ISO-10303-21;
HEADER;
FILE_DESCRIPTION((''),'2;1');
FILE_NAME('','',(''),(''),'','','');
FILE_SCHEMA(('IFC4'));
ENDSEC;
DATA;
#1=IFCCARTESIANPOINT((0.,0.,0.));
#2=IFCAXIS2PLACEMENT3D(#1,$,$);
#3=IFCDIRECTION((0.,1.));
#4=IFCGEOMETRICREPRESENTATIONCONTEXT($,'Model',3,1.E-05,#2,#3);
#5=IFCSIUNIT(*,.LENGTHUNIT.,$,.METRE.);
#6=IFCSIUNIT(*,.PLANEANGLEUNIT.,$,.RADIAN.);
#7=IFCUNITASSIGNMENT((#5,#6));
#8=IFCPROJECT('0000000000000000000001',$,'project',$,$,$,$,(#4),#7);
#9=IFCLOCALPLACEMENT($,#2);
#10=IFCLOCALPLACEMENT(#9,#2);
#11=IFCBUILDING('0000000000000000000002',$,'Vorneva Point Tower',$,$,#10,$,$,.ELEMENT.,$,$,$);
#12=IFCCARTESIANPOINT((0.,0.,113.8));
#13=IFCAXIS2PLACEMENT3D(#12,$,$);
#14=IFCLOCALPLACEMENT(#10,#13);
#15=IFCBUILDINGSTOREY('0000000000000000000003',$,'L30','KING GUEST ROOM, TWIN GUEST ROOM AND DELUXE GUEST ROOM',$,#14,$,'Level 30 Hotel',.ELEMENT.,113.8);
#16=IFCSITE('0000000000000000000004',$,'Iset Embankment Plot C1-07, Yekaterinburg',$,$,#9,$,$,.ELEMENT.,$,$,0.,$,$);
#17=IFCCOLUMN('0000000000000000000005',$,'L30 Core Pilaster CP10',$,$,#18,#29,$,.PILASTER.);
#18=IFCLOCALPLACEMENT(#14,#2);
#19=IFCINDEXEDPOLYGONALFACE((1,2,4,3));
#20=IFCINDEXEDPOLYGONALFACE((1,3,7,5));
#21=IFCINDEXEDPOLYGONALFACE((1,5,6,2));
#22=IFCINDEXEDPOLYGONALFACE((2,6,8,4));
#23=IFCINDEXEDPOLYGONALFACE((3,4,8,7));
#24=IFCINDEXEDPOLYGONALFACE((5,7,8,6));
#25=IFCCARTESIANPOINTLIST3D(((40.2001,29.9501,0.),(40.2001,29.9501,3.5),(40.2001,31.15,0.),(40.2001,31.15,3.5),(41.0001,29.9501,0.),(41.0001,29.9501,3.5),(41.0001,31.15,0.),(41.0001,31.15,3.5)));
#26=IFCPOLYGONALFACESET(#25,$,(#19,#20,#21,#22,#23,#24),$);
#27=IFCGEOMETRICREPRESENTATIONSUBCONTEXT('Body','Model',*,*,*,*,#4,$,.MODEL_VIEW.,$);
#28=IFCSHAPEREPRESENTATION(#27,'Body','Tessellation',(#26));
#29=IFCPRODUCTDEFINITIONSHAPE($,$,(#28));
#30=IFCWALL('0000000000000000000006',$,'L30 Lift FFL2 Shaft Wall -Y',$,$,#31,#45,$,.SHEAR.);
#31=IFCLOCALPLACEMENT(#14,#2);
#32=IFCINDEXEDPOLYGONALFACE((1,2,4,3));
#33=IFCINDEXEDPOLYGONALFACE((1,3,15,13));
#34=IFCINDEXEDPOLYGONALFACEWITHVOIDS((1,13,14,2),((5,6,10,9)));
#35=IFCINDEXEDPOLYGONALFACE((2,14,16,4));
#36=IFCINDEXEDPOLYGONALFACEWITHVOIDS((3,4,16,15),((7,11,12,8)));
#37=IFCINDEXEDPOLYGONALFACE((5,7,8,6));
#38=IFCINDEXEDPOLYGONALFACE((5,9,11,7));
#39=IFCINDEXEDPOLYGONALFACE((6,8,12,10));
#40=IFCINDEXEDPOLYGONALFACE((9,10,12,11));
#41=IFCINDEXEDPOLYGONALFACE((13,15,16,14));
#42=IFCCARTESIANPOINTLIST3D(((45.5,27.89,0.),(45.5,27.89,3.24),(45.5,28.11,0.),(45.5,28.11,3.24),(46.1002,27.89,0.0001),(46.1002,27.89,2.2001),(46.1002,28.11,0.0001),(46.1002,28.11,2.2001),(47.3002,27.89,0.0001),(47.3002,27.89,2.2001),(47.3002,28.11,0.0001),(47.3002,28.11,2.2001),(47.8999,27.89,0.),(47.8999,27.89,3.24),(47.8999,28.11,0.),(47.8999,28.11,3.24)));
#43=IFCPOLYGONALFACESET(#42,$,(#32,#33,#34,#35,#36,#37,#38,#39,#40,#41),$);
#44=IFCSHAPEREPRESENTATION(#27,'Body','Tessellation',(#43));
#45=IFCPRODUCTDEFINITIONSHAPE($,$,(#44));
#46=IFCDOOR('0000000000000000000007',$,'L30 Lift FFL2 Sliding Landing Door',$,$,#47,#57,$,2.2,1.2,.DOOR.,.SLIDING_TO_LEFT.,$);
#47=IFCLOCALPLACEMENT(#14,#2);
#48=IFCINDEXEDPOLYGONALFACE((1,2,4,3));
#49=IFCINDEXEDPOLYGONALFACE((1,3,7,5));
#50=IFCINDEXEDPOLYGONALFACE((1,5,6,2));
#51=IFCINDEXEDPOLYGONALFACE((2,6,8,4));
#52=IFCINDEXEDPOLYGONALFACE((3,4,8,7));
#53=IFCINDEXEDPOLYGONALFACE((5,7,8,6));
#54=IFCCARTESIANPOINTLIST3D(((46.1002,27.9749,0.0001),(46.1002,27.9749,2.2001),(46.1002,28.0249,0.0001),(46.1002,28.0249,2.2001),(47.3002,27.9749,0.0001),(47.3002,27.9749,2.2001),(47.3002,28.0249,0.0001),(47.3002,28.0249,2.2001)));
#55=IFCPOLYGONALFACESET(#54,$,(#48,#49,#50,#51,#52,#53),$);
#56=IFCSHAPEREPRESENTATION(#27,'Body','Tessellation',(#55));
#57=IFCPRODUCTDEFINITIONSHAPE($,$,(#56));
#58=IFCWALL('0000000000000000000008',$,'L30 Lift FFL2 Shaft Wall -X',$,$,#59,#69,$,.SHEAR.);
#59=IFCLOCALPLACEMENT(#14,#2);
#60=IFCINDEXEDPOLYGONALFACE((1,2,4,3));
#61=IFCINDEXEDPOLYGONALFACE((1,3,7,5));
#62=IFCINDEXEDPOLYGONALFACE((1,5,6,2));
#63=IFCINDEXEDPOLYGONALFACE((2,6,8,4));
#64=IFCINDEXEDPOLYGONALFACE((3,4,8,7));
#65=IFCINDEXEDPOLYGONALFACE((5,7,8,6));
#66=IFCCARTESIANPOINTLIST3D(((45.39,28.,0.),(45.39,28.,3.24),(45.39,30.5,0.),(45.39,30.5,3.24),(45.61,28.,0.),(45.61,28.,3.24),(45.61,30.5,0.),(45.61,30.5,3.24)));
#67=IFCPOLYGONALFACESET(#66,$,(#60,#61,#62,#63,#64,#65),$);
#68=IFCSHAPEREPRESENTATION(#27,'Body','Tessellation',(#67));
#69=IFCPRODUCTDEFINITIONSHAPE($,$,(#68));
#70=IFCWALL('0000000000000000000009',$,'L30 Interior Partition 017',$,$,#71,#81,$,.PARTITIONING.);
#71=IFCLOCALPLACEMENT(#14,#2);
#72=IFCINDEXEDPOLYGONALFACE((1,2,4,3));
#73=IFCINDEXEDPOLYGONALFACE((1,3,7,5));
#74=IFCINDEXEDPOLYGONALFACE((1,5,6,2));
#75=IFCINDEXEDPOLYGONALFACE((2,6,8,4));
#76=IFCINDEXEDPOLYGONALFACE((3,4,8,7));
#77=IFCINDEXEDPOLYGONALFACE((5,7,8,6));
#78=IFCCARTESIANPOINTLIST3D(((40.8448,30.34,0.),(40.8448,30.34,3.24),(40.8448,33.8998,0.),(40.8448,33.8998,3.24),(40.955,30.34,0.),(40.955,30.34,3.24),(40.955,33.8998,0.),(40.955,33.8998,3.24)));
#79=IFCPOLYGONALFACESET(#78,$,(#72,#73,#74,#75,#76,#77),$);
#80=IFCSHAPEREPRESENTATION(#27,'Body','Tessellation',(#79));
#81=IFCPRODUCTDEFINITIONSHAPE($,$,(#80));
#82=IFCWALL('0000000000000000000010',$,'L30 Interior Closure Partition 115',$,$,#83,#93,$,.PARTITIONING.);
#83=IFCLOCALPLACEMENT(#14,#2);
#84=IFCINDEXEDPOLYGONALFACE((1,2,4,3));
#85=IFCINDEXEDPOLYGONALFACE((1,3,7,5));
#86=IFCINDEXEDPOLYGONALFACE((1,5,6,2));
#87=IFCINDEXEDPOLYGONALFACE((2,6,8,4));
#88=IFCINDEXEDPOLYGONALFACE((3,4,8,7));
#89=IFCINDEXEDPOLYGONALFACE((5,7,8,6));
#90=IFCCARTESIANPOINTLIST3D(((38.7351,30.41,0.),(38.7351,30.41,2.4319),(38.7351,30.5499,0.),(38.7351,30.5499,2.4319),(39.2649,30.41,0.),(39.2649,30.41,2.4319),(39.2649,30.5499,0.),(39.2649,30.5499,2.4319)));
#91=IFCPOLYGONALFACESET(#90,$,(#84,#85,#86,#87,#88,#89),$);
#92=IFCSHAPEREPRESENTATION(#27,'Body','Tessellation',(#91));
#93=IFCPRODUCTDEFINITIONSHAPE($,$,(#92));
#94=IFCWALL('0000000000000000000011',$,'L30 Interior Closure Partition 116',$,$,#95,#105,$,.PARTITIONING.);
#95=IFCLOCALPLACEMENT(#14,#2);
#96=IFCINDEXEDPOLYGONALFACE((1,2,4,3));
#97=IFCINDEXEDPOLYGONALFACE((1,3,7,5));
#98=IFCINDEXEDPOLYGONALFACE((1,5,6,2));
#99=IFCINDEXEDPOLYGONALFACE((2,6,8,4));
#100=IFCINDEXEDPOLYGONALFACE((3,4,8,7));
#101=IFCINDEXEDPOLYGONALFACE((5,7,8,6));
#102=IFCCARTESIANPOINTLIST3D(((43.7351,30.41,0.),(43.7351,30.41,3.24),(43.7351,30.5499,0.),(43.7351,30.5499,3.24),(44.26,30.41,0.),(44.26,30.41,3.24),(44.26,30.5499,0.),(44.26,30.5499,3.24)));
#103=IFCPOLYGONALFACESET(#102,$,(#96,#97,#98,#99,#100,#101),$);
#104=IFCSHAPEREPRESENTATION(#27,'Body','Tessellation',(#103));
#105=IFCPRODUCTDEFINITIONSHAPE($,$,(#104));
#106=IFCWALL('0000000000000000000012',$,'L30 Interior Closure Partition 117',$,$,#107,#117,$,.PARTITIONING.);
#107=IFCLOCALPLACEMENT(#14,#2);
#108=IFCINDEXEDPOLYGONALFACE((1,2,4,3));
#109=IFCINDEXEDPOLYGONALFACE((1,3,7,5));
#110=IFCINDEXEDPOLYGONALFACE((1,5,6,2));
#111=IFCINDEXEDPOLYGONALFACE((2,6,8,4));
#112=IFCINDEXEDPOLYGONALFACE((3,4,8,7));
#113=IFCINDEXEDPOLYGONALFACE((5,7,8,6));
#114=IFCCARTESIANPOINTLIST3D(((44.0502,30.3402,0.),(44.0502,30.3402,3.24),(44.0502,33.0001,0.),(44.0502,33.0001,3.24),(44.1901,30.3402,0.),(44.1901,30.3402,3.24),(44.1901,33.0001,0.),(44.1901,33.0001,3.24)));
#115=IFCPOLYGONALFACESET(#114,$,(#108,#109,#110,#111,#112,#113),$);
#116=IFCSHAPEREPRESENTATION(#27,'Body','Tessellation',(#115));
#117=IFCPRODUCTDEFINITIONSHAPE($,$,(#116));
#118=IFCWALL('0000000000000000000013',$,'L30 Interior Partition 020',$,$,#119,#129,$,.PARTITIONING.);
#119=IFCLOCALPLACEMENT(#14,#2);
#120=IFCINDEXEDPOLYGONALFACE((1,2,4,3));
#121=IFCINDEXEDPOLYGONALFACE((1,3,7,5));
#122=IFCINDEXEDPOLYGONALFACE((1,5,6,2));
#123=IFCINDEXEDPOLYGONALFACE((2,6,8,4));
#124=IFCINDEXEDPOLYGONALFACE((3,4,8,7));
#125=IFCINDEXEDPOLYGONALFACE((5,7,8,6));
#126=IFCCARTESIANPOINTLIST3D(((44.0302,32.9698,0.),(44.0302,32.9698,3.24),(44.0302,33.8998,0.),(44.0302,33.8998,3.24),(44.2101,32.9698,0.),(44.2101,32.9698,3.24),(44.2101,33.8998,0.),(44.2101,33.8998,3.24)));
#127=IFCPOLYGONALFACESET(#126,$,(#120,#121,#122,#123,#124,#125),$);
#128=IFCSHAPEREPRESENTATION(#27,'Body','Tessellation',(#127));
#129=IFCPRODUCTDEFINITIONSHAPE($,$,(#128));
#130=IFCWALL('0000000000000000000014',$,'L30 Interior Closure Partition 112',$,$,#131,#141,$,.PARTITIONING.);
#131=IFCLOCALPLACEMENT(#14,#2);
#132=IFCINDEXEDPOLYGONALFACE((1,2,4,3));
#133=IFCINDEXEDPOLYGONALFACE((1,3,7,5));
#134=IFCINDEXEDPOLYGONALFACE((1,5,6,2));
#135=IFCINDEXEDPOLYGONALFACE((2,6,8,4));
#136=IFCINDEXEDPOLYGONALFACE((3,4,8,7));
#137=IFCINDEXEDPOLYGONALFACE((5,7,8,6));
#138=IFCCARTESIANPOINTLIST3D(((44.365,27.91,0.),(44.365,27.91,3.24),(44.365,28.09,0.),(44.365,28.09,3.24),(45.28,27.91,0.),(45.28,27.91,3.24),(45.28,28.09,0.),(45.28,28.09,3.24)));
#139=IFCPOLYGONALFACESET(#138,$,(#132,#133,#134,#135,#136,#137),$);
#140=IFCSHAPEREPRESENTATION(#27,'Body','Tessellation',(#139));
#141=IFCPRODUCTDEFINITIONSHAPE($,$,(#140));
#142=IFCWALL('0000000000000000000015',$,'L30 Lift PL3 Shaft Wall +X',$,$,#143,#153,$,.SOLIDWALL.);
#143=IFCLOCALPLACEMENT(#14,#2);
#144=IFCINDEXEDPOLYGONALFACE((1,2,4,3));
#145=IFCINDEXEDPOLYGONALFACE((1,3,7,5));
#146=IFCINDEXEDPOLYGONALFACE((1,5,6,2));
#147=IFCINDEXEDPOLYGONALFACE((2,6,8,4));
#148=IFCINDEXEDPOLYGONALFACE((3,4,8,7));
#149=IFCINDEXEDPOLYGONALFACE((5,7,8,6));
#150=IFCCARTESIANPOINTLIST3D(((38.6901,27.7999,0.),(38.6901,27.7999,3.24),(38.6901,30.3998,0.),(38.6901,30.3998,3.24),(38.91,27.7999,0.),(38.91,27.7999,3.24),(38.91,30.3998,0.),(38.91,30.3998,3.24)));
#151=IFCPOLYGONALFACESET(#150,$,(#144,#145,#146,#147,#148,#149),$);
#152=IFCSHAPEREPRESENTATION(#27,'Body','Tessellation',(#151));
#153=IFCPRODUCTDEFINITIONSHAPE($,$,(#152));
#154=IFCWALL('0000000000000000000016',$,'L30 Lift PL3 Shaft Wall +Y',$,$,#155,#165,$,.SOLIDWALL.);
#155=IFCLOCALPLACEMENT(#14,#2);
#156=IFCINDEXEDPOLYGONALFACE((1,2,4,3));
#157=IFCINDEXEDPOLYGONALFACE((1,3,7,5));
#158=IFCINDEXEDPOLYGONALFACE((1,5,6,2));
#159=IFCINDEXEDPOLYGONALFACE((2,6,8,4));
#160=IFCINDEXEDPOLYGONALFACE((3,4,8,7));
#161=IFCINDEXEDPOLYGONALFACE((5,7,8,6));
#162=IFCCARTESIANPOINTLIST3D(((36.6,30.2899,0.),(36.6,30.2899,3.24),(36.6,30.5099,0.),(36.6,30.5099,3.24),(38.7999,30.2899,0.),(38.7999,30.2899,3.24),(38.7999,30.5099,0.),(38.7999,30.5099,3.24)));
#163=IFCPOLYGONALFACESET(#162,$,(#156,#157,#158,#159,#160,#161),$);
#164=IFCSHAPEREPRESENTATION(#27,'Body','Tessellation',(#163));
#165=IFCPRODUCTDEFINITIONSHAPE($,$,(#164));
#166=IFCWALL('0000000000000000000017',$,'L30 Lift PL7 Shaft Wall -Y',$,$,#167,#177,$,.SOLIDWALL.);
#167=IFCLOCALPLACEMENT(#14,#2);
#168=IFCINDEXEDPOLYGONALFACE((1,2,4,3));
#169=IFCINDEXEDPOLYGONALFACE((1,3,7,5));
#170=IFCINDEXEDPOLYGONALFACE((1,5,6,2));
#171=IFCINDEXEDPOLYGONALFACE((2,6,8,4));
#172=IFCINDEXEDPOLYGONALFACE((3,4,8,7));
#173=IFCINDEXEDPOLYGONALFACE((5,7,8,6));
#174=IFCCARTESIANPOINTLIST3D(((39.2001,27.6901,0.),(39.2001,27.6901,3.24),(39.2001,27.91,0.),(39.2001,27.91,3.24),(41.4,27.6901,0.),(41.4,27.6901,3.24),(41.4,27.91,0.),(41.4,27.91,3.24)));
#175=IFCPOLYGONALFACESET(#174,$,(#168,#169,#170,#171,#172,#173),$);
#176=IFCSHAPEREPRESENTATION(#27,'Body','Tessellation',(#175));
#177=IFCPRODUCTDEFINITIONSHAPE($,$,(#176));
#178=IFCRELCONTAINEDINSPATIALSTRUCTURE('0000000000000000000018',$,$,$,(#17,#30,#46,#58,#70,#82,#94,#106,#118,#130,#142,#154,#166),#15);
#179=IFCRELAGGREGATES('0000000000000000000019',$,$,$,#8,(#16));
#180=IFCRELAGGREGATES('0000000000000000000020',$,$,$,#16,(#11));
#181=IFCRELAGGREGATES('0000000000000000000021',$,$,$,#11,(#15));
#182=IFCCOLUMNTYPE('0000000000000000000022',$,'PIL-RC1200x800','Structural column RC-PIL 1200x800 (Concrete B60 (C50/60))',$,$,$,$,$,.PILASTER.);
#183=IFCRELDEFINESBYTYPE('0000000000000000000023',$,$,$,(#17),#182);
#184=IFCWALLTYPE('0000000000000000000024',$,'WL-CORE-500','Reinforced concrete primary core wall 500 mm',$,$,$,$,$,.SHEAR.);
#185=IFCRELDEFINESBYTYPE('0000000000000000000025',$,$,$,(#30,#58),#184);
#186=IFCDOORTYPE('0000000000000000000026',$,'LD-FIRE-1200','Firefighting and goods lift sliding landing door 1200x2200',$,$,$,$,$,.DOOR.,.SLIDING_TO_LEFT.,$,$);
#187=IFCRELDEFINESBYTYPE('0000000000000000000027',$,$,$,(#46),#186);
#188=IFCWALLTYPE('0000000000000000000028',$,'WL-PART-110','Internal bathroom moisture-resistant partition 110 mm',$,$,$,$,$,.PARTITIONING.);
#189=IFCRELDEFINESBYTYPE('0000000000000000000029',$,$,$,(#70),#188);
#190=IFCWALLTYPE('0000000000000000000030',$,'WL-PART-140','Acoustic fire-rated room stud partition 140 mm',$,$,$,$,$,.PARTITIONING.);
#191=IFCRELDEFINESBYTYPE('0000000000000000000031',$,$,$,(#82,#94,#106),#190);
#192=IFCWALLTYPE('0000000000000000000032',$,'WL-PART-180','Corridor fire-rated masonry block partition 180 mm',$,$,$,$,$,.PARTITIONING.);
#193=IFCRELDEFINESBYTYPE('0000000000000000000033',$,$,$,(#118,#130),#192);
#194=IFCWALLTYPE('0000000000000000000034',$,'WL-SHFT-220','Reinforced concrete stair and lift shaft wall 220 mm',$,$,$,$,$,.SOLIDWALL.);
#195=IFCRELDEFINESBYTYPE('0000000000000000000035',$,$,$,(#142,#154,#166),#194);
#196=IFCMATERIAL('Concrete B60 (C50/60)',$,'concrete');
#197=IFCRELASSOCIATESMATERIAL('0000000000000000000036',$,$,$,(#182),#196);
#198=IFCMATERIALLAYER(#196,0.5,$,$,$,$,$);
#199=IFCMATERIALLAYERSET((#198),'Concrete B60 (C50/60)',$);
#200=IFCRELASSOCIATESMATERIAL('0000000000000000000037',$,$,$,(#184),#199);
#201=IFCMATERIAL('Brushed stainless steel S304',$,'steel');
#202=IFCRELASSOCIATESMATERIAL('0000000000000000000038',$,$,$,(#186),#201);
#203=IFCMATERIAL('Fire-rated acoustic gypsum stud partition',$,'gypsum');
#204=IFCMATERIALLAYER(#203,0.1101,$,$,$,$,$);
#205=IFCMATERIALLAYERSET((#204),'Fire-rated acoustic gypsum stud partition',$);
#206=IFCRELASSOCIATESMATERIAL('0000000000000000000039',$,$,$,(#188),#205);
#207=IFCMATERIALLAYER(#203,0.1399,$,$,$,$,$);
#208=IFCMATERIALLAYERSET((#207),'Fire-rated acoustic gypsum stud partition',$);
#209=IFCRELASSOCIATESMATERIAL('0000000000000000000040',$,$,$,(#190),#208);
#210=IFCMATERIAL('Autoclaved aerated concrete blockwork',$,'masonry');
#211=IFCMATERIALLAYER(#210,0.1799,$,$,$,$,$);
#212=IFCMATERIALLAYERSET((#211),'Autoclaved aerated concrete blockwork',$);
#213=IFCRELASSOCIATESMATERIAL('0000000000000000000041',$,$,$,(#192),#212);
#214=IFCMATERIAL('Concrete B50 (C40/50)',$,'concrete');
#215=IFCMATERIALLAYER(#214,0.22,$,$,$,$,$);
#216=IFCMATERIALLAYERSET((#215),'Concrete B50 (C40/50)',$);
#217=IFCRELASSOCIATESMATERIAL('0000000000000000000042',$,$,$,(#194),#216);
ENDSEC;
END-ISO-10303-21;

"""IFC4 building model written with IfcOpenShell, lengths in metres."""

from ifc_helpers import new_model, si_unit, direction, frame, frame_2d, origin, origin_2d, place, context, subcontext, project, spatial, rectangle, extrude, material, layer, layer_set, material_profile, profile_set, type_object, element, fill, save


model = new_model("IFC4")

# Units and contexts
model_context = context("Model", 3, precision=1e-05, world=origin(), true_north=direction((0.0, 1.0)))
body_context = subcontext(model_context, "Body", "Model", "MODEL_VIEW")
ifc_project = project(units=[si_unit("LENGTHUNIT", "METRE"), si_unit("PLANEANGLEUNIT", "RADIAN")], contexts=[model_context])

# Site, building, storey
site_placement = place(None, origin())
site = spatial("IfcSite", under=ifc_project, at=site_placement, Name="Iset Embankment Plot C1-07, Yekaterinburg", CompositionType="ELEMENT", RefElevation=0.0)
building_placement = place(site_placement, origin())
building = spatial("IfcBuilding", under=site, at=building_placement, Name="Vorneva Point Tower", CompositionType="ELEMENT")
storey_placement = place(building_placement, frame((0.0, 0.0, 113.8)))
storey = spatial("IfcBuildingStorey", under=building, at=storey_placement, Name="L30", Description="KING GUEST ROOM, TWIN GUEST ROOM AND DELUXE GUEST ROOM", LongName="Level 30 Hotel", CompositionType="ELEMENT", Elevation=113.8)

# Column
ifc_material_1 = material(Name="Concrete B60 (C50/60)", Category="concrete")
ifc_material_profile = material_profile(ifc_material_1, rectangle(XDim=0.8, YDim=1.2, at=origin_2d()), Name="RC-PIL 1200x800")
ifc_profile_set = profile_set([ifc_material_profile], Name="Concrete B60 (C50/60)")
column_type = type_object("IfcColumnType", Name="PIL-RC1200x800", Description="Structural column RC-PIL 1200x800 (Concrete B60 (C50/60))", PredefinedType="PILASTER", material=ifc_profile_set)
column_placement = place(storey_placement, frame((40.6001, 30.55, 0.0), z_axis=(0.0, 0.0, 1.0), x_axis=(1.0, 0.0, 0.0)))
element("IfcColumn", 1, at=column_placement, inside=storey, type_object=column_type, Name="L30 Core Pilaster CP10", PredefinedType="PILASTER", context=body_context, shape_type="SweptSolid", body=[
    extrude(rectangle(XDim=0.8, YDim=1.2, at=origin_2d()), origin(), (0.0, 0.0, 1.0), 3.5),
])

# Wall, opening, door
ifc_layer_1 = layer(ifc_material_1, 0.5)
ifc_layer_set_1 = layer_set([ifc_layer_1], Name="Concrete B60 (C50/60)")
wall_type_1 = type_object("IfcWallType", Name="WL-CORE-500", Description="Reinforced concrete primary core wall 500 mm", PredefinedType="SHEAR", material=ifc_layer_set_1)
wall_1_placement = place(storey_placement, frame((45.5, 28.0, 0.0), z_axis=(0.0, 0.0, 1.0), x_axis=(1.0, 0.0, 0.0)))
wall_1 = element("IfcWall", 2, at=wall_1_placement, inside=storey, type_object=wall_type_1, Name="L30 Lift FFL2 Shaft Wall -Y", PredefinedType="SHEAR", context=body_context, shape_type="SweptSolid", body=[
    extrude(rectangle(XDim=2.3999, YDim=0.22, at=frame_2d((1.2, 0.0))), origin(), (0.0, 0.0, 1.0), 3.24),
])
opening_1_placement = place(wall_1_placement, frame((0.6001, 0.0, 0.0)))
opening_1 = element("IfcOpeningElement", 3, at=opening_1_placement, cuts=wall_1, PredefinedType="OPENING", context=body_context, shape_type="SweptSolid", body=[
    extrude(rectangle(XDim=1.2, YDim=2.2, at=frame_2d((0.6001, 1.1001))), frame((0.0, 0.125, 0.0), z_axis=(0.0, -1.0, 0.0), x_axis=(1.0, 0.0, 0.0)), (0.0, 0.0, 1.0), 0.2498),
])
ifc_material_2 = material(Name="Brushed stainless steel S304", Category="steel")
door_type_1 = type_object("IfcDoorType", Name="LD-FIRE-1200", Description="Firefighting and goods lift sliding landing door 1200x2200", OperationType="SLIDING_TO_LEFT", PredefinedType="DOOR", material=ifc_material_2)
door_1_placement = place(opening_1_placement, origin())
door_1 = element("IfcDoor", 4, at=door_1_placement, inside=storey, type_object=door_type_1, Name="L30 Lift FFL2 Sliding Landing Door", OperationType="SLIDING_TO_LEFT", OverallHeight=2.2, OverallWidth=1.2, PredefinedType="DOOR", context=body_context, shape_type="SweptSolid", body=[
    extrude(rectangle(XDim=1.2, YDim=2.2, at=frame_2d((0.6001, 1.1001))), frame((0.0, 0.0249, 0.0), z_axis=(0.0, -1.0, 0.0), x_axis=(1.0, 0.0, 0.0)), (0.0, 0.0, 1.0), 0.05),
])
fill(opening_1, door_1)

# Walls
wall_2_placement = place(storey_placement, frame((45.5, 30.5, 0.0), z_axis=(0.0, 0.0, 1.0), x_axis=(0.0, -1.0, 0.0)))
element("IfcWall", 5, at=wall_2_placement, inside=storey, type_object=wall_type_1, Name="L30 Lift FFL2 Shaft Wall -X", PredefinedType="SHEAR", context=body_context, shape_type="SweptSolid", body=[
    extrude(rectangle(XDim=2.5, YDim=0.22, at=frame_2d((1.25, 0.0))), origin(), (0.0, 0.0, 1.0), 3.24),
])
ifc_material_3 = material(Name="Fire-rated acoustic gypsum stud partition", Category="gypsum")
ifc_layer_2 = layer(ifc_material_3, 0.1101)
ifc_layer_set_2 = layer_set([ifc_layer_2], Name="Fire-rated acoustic gypsum stud partition")
wall_type_2 = type_object("IfcWallType", Name="WL-PART-110", Description="Internal bathroom moisture-resistant partition 110 mm", PredefinedType="PARTITIONING", material=ifc_layer_set_2)
wall_3_placement = place(storey_placement, frame((40.8999, 30.3401, 0.0), z_axis=(0.0, 0.0, 1.0), x_axis=(0.0, 1.0, 0.0)))
element("IfcWall", 6, at=wall_3_placement, inside=storey, type_object=wall_type_2, Name="L30 Interior Partition 017", PredefinedType="PARTITIONING", context=body_context, shape_type="SweptSolid", body=[
    extrude(rectangle(XDim=3.5598, YDim=0.1101, at=frame_2d((1.7798, 0.0))), origin(), (0.0, 0.0, 1.0), 3.24),
])
ifc_layer_3 = layer(ifc_material_3, 0.1399)
ifc_layer_set_3 = layer_set([ifc_layer_3], Name="Fire-rated acoustic gypsum stud partition")
wall_type_3 = type_object("IfcWallType", Name="WL-PART-140", Description="Acoustic fire-rated room stud partition 140 mm", PredefinedType="PARTITIONING", material=ifc_layer_set_3)
wall_4_placement = place(storey_placement, frame((38.7351, 30.48, 0.0), z_axis=(0.0, 0.0, 1.0), x_axis=(1.0, 0.0, 0.0)))
element("IfcWall", 7, at=wall_4_placement, inside=storey, type_object=wall_type_3, Name="L30 Interior Closure Partition 115", PredefinedType="PARTITIONING", context=body_context, shape_type="SweptSolid", body=[
    extrude(rectangle(XDim=0.5298, YDim=0.1399, at=frame_2d((0.2649, 0.0))), origin(), (0.0, 0.0, 1.0), 2.4319),
])
wall_5_placement = place(storey_placement, frame((43.7351, 30.48, 0.0), z_axis=(0.0, 0.0, 1.0), x_axis=(1.0, 0.0, 0.0)))
element("IfcWall", 8, at=wall_5_placement, inside=storey, type_object=wall_type_3, Name="L30 Interior Closure Partition 116", PredefinedType="PARTITIONING", context=body_context, shape_type="SweptSolid", body=[
    extrude(rectangle(XDim=0.5249, YDim=0.1399, at=frame_2d((0.2625, 0.0))), origin(), (0.0, 0.0, 1.0), 3.24),
])
wall_6_placement = place(storey_placement, frame((44.1201, 30.3401, 0.0), z_axis=(0.0, 0.0, 1.0), x_axis=(0.0, 1.0, 0.0)))
element("IfcWall", 9, at=wall_6_placement, inside=storey, type_object=wall_type_3, Name="L30 Interior Closure Partition 117", PredefinedType="PARTITIONING", context=body_context, shape_type="SweptSolid", body=[
    extrude(rectangle(XDim=2.6599, YDim=0.1399, at=frame_2d((1.3301, 0.0))), origin(), (0.0, 0.0, 1.0), 3.24),
])

# Shared definitions
ifc_material_4 = material(Name="Autoclaved aerated concrete blockwork", Category="masonry")
ifc_layer_4 = layer(ifc_material_4, 0.1799)
ifc_layer_set_4 = layer_set([ifc_layer_4], Name="Autoclaved aerated concrete blockwork")
wall_type_4 = type_object("IfcWallType", Name="WL-PART-180", Description="Corridor fire-rated masonry block partition 180 mm", PredefinedType="PARTITIONING", material=ifc_layer_set_4)

# Walls
wall_7_placement = place(storey_placement, frame((44.1201, 32.97, 0.0), z_axis=(0.0, 0.0, 1.0), x_axis=(0.0, 1.0, 0.0)))
element("IfcWall", 10, at=wall_7_placement, inside=storey, type_object=wall_type_4, Name="L30 Interior Partition 020", PredefinedType="PARTITIONING", context=body_context, shape_type="SweptSolid", body=[
    extrude(rectangle(XDim=0.9299, YDim=0.1799, at=frame_2d((0.4648, 0.0))), origin(), (0.0, 0.0, 1.0), 3.24),
])
wall_8_placement = place(storey_placement, frame((45.28, 28.0, 0.0), z_axis=(0.0, 0.0, 1.0), x_axis=(-1.0, 0.0, 0.0)))
element("IfcWall", 11, at=wall_8_placement, inside=storey, type_object=wall_type_4, Name="L30 Interior Closure Partition 112", PredefinedType="PARTITIONING", context=body_context, shape_type="SweptSolid", body=[
    extrude(rectangle(XDim=0.915, YDim=0.1799, at=frame_2d((0.4575, 0.0))), origin(), (0.0, 0.0, 1.0), 3.24),
])
ifc_material_5 = material(Name="Concrete B50 (C40/50)", Category="concrete")
ifc_layer_5 = layer(ifc_material_5, 0.22)
ifc_layer_set_5 = layer_set([ifc_layer_5], Name="Concrete B50 (C40/50)")
wall_type_5 = type_object("IfcWallType", Name="WL-SHFT-220", Description="Reinforced concrete stair and lift shaft wall 220 mm", PredefinedType="SOLIDWALL", material=ifc_layer_set_5)
wall_9_placement = place(storey_placement, frame((38.8, 27.8, 0.0), z_axis=(0.0, 0.0, 1.0), x_axis=(0.0, 1.0, 0.0)))
element("IfcWall", 12, at=wall_9_placement, inside=storey, type_object=wall_type_5, Name="L30 Lift PL3 Shaft Wall +X", PredefinedType="SOLIDWALL", context=body_context, shape_type="SweptSolid", body=[
    extrude(rectangle(XDim=2.5999, YDim=0.22, at=frame_2d((1.2998, 0.0))), origin(), (0.0, 0.0, 1.0), 3.24),
])
for number, where, z_axis, x_axis, name in (
    (13, (38.8, 30.3999, 0.0), (0.0, 0.0, 1.0), (-1.0, 0.0, 0.0), "L30 Lift PL3 Shaft Wall +Y"),
    (14, (39.2, 27.8, 0.0), (0.0, 0.0, 1.0), (1.0, 0.0, 0.0), "L30 Lift PL7 Shaft Wall -Y"),
):
    element("IfcWall", number, at=place(storey_placement, frame(where, z_axis=z_axis, x_axis=x_axis)), inside=storey, type_object=wall_type_5, Name=name, PredefinedType="SOLIDWALL", context=body_context, shape_type="SweptSolid", body=[
        extrude(rectangle(XDim=2.2, YDim=0.22, at=frame_2d((1.1001, 0.0))), origin(), (0.0, 0.0, 1.0), 3.24),
    ])

save(model, "model.ifc")
